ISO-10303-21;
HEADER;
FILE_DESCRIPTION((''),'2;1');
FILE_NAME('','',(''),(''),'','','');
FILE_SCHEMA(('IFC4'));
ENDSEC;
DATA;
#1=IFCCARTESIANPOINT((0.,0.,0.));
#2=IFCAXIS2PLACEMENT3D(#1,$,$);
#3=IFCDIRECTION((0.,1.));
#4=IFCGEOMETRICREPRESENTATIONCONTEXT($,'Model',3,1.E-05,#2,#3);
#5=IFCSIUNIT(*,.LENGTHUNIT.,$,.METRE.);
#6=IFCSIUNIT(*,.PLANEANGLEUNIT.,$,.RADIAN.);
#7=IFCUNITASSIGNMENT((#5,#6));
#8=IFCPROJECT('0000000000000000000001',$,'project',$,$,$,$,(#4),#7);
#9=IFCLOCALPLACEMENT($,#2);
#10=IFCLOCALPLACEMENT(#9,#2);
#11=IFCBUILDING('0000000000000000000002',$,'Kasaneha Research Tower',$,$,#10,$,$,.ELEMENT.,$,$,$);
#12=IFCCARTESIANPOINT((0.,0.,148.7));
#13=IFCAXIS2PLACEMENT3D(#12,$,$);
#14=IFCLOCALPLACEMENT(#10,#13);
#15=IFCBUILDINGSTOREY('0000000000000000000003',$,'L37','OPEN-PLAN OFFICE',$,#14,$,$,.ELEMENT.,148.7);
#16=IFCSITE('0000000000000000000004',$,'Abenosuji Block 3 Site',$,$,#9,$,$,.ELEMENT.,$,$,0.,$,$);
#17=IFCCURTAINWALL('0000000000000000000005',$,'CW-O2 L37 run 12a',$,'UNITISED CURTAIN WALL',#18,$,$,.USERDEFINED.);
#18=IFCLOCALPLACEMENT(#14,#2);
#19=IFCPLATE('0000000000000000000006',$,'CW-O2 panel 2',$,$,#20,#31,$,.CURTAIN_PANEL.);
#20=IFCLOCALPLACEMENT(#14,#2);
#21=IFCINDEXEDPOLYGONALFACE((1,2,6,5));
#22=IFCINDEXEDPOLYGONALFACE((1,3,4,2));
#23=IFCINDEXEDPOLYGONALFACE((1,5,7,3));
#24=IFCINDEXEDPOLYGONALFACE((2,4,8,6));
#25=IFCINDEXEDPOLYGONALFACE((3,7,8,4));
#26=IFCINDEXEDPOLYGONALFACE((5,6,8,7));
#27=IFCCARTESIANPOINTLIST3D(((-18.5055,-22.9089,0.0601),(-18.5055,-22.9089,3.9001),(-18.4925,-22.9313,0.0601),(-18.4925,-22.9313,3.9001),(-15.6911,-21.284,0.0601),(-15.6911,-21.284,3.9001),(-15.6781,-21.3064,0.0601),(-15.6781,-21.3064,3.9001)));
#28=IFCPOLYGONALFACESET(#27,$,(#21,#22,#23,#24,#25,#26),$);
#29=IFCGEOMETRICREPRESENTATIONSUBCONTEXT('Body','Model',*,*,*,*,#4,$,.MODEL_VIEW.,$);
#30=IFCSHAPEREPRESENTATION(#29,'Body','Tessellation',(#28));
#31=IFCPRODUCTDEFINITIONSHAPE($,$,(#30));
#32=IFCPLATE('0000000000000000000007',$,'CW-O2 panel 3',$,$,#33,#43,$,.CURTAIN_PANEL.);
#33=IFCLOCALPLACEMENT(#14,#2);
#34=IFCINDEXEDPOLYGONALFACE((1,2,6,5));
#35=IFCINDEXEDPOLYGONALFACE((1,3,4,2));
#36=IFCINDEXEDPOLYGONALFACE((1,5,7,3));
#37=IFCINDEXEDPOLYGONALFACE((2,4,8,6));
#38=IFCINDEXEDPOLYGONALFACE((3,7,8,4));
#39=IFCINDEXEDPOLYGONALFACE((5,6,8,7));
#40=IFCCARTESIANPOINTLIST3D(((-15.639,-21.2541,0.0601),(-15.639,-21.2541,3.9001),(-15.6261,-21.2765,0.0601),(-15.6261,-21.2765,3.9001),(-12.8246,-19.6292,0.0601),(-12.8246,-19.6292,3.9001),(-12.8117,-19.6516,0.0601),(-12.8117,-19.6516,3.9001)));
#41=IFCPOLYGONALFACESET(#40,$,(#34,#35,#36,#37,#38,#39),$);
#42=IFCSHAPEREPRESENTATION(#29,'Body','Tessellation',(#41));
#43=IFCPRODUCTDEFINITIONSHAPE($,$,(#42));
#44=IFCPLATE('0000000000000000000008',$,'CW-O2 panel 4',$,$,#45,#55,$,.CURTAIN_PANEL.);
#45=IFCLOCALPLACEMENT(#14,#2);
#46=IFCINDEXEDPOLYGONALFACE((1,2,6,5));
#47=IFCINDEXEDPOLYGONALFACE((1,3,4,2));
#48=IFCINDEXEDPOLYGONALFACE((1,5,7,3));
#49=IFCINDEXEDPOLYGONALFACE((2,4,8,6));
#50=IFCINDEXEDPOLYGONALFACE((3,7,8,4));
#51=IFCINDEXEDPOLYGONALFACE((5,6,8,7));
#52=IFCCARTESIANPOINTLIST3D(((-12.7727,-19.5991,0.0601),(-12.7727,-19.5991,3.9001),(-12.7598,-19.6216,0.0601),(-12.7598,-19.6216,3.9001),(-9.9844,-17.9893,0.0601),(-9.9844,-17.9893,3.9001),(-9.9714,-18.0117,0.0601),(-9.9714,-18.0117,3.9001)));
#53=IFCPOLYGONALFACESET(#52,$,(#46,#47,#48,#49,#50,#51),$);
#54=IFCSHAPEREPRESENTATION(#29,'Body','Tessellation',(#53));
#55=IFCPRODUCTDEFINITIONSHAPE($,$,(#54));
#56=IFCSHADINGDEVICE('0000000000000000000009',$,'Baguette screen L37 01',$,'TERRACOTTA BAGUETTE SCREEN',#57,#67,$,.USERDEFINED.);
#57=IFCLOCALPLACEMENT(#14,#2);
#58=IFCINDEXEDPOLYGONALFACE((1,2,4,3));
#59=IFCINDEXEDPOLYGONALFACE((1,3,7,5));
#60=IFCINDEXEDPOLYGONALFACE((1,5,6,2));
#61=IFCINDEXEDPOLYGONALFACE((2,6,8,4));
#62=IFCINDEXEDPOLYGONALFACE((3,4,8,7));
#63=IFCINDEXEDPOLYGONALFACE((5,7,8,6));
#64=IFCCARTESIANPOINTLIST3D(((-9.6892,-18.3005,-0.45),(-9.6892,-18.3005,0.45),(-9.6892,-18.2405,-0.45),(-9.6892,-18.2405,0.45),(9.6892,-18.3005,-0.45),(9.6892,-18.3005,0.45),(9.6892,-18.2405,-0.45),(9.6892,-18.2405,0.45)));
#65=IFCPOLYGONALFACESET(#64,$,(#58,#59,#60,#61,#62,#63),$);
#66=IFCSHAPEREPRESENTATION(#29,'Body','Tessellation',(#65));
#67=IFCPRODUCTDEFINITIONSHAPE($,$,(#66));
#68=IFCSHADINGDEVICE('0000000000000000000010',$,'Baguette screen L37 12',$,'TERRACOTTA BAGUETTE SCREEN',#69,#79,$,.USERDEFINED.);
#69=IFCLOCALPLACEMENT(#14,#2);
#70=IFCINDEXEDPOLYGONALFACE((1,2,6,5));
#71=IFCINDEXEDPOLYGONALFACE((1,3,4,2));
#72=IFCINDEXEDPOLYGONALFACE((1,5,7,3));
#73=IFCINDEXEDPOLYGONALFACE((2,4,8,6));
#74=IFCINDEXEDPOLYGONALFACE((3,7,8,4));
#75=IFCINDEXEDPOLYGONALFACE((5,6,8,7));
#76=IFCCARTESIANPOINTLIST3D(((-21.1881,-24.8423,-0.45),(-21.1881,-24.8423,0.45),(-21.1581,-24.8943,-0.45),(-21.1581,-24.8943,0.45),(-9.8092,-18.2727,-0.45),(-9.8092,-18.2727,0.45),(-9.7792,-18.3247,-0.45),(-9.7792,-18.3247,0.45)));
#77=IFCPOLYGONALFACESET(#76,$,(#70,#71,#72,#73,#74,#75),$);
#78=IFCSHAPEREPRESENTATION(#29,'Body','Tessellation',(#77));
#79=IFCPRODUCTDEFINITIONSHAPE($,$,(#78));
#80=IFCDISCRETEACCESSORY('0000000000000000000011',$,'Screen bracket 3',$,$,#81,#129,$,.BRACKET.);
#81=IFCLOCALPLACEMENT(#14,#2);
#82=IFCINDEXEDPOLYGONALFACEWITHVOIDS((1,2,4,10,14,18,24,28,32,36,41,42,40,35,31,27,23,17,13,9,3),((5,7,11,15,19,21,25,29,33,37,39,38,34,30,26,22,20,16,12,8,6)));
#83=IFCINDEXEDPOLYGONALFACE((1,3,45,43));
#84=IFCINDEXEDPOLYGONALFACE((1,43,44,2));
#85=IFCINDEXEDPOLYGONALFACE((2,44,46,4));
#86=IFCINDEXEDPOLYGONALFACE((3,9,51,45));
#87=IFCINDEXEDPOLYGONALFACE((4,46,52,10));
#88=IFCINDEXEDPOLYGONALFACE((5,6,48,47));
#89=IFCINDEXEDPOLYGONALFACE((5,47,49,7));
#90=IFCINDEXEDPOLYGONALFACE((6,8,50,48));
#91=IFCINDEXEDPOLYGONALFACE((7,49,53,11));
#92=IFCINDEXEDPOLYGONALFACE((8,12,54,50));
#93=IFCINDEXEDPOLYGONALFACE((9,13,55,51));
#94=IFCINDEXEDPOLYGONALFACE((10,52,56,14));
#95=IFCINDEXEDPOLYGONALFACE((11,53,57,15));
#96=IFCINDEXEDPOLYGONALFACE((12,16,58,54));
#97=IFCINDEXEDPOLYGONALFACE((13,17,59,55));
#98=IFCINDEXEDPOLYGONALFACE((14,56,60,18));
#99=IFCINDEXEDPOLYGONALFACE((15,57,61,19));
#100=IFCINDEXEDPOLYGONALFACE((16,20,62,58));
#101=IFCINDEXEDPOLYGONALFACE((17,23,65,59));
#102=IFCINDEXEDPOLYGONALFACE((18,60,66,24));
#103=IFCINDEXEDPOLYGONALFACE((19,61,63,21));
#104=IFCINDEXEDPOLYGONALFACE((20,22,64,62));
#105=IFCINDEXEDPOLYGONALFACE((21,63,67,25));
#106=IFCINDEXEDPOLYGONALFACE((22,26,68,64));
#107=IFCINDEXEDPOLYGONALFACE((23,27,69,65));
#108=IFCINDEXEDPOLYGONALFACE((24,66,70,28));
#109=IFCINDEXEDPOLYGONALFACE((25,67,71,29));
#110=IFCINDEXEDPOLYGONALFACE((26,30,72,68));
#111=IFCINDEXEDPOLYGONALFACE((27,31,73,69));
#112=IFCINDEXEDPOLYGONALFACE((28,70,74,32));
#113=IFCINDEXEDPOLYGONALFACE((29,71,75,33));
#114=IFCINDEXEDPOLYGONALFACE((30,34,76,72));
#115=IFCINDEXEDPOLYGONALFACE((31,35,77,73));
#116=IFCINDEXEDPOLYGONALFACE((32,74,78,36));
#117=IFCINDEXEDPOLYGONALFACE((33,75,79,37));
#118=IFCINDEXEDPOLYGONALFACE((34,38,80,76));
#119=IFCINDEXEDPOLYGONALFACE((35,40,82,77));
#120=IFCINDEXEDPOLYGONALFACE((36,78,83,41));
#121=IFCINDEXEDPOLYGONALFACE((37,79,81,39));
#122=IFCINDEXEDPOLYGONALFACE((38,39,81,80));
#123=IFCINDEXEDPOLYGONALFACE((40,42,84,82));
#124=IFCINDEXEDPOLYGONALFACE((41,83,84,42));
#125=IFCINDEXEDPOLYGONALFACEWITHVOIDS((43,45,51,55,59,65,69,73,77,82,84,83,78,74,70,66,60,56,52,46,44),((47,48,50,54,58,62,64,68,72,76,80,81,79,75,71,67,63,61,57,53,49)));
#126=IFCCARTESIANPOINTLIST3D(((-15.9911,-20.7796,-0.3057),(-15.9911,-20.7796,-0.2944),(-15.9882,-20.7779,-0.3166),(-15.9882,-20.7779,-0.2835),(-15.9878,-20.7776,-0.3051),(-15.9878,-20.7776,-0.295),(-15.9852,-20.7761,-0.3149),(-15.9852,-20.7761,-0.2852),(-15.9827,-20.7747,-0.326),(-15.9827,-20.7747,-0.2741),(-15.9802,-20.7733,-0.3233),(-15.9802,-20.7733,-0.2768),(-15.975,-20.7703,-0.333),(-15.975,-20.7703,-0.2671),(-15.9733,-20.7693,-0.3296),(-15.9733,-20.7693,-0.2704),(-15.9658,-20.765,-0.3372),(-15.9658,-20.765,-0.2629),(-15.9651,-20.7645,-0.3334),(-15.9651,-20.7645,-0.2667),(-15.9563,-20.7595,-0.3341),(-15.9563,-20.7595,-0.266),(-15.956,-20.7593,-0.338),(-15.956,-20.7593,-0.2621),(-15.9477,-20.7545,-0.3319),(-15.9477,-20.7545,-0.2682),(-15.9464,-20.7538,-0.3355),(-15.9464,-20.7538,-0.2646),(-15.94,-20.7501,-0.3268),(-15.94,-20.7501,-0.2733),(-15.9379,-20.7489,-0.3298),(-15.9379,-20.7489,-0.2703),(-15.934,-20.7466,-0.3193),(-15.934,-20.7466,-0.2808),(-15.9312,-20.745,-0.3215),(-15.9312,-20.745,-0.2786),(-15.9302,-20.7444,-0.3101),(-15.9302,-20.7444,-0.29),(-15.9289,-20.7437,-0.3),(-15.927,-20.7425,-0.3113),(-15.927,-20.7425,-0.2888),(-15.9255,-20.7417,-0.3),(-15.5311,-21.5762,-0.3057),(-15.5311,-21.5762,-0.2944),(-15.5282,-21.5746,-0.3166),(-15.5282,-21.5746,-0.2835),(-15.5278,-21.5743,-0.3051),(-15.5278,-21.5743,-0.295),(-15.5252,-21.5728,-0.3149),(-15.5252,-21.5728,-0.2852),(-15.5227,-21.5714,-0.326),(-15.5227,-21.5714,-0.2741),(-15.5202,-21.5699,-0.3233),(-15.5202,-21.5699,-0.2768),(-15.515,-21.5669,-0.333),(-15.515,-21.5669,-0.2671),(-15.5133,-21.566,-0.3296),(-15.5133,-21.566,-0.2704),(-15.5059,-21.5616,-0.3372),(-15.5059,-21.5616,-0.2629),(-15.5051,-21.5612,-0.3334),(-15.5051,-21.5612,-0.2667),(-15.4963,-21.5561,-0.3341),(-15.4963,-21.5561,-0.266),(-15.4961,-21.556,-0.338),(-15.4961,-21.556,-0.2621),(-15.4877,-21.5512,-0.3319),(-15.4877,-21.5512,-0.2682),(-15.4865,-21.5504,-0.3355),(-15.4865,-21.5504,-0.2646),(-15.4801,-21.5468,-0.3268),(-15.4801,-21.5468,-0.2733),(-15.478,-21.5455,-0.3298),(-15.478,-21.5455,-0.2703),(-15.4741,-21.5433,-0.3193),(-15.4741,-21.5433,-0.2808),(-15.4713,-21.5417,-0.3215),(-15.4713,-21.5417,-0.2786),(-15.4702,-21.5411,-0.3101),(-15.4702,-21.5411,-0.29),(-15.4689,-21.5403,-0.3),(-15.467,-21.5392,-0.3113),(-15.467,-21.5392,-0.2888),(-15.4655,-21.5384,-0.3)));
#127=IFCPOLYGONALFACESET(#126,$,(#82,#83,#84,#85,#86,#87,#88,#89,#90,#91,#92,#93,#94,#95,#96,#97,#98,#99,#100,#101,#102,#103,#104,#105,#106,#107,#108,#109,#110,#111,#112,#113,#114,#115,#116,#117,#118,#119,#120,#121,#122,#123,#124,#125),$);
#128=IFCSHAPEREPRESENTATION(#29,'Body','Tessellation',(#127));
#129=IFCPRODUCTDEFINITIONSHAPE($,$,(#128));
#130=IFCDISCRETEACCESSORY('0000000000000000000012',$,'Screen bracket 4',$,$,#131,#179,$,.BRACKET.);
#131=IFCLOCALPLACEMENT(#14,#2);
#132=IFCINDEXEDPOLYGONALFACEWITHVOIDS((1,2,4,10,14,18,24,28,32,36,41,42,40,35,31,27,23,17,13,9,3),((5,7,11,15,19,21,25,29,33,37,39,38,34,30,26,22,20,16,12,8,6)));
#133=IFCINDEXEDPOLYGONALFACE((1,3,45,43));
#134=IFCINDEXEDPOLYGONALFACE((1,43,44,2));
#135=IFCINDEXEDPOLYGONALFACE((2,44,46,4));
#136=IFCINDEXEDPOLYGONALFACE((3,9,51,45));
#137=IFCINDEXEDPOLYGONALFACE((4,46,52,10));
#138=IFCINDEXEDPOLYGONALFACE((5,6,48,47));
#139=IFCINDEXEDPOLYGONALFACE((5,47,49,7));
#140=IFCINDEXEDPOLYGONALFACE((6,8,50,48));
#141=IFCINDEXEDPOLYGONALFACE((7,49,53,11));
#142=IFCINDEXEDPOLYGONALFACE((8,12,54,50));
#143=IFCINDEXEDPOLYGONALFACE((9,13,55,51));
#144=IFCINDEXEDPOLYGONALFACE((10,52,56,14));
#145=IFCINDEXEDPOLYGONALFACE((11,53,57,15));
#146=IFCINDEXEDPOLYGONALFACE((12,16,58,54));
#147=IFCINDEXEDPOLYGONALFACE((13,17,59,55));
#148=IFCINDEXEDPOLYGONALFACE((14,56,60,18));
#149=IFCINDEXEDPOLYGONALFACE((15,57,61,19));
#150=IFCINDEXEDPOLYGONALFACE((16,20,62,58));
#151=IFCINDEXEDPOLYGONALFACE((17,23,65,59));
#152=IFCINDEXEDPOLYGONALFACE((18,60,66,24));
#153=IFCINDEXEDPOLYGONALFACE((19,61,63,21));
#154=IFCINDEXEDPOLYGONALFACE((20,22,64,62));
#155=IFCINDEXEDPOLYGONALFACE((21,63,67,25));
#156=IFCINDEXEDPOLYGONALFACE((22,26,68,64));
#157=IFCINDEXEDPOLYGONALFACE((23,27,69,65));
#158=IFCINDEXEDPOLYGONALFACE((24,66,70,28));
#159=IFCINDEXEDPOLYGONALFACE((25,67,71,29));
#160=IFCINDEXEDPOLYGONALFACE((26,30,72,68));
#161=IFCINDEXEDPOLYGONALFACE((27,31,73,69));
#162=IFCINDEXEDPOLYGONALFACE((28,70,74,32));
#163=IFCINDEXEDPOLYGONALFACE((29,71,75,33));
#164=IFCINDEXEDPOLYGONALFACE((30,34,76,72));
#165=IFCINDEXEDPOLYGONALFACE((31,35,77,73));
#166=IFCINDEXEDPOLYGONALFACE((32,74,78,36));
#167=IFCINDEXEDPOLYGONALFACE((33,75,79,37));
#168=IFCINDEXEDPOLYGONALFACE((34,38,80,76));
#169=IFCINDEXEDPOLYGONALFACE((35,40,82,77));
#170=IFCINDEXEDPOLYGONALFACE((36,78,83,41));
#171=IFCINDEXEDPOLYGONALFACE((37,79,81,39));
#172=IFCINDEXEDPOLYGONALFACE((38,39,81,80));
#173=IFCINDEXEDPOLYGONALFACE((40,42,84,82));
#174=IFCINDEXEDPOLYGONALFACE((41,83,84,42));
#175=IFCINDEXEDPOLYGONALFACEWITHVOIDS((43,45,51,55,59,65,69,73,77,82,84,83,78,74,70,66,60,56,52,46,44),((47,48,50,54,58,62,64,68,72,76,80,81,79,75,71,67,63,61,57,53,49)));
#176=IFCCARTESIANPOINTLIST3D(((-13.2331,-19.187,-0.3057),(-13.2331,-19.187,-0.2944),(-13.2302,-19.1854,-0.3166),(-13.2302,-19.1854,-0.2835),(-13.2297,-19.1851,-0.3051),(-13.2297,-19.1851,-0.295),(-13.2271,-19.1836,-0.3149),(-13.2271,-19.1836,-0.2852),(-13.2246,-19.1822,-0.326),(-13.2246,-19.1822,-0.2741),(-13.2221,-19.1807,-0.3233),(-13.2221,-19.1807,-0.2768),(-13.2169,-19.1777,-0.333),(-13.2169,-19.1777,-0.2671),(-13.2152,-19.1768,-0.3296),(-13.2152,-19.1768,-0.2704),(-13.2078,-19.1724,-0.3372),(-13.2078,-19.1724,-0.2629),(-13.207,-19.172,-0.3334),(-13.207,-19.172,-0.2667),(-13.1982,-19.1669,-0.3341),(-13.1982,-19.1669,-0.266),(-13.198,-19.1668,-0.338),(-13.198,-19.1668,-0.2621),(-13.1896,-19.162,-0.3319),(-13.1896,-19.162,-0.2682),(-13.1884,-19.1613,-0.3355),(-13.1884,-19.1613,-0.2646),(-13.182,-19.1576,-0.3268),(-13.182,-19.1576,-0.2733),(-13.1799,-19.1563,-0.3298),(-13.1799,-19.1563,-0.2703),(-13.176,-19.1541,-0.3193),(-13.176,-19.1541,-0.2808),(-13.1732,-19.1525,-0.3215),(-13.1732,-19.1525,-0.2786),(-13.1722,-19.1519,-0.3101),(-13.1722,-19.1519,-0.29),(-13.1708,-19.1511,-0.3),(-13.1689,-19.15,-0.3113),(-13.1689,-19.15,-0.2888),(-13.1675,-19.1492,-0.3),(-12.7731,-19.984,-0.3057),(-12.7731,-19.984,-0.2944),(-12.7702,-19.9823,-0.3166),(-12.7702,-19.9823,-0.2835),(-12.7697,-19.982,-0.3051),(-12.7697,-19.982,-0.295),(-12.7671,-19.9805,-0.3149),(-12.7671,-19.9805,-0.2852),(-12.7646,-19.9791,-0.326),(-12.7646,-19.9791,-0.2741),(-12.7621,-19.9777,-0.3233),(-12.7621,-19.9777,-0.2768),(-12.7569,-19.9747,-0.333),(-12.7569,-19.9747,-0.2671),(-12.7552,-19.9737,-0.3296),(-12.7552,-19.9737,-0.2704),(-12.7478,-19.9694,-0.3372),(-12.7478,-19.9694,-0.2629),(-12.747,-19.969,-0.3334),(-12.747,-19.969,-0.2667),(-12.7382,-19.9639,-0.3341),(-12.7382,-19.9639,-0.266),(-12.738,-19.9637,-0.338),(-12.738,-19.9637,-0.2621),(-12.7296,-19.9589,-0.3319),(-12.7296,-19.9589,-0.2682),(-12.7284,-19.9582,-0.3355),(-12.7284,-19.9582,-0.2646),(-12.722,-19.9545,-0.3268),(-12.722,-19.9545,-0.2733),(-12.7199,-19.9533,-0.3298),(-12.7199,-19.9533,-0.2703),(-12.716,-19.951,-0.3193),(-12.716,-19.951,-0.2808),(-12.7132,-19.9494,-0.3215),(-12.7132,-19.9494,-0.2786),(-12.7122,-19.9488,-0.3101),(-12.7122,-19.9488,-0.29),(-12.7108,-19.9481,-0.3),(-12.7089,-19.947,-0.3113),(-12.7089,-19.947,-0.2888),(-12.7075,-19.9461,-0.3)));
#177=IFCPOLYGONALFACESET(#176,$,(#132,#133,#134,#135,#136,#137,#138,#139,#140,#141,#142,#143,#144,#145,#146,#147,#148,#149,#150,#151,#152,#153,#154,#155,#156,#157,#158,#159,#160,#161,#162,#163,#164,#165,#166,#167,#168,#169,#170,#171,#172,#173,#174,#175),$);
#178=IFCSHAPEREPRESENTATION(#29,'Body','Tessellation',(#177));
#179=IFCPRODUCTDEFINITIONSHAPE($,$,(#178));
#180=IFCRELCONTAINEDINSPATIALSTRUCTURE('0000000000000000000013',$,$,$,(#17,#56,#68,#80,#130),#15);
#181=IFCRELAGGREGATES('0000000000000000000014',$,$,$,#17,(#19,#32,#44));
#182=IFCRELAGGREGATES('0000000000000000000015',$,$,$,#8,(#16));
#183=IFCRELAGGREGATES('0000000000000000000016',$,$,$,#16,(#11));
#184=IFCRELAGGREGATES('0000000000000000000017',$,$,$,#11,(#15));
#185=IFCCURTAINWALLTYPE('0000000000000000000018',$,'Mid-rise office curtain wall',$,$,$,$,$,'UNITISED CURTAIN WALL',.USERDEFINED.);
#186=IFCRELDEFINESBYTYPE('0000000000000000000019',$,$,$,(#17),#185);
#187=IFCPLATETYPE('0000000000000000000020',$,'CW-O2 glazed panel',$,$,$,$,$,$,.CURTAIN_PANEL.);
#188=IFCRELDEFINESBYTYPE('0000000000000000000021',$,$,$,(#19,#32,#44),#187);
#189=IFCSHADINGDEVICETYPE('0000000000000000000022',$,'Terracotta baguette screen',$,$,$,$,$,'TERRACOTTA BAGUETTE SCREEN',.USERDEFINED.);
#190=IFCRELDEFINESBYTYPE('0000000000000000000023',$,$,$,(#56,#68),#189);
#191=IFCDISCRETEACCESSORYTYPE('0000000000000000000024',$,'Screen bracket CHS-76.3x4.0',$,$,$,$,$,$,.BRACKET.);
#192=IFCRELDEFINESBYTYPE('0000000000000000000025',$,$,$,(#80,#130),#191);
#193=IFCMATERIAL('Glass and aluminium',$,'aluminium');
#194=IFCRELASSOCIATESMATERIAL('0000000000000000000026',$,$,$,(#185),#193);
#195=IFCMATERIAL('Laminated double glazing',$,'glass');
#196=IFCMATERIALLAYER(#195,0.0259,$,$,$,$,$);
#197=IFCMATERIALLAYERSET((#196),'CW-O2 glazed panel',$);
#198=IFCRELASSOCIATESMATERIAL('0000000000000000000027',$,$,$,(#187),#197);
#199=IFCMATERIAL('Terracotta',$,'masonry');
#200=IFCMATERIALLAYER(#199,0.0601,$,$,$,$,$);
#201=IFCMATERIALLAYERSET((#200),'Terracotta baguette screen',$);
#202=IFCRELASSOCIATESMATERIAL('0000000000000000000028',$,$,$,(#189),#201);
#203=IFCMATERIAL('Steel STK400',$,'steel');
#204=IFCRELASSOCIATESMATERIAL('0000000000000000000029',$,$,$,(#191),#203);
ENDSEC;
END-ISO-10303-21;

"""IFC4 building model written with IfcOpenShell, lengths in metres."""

from ifc_helpers import new_model, si_unit, direction, frame, origin, origin_2d, place, context, subcontext, project, spatial, rectangle, hollow_circle, extrude, material, layer, layer_set, material_profile, profile_set, type_object, element, aggregate, save


model = new_model("IFC4")

# Units and contexts
model_context = context("Model", 3, precision=1e-05, world=origin(), true_north=direction((0.0, 1.0)))
body_context = subcontext(model_context, "Body", "Model", "MODEL_VIEW")
ifc_project = project(units=[si_unit("LENGTHUNIT", "METRE"), si_unit("PLANEANGLEUNIT", "RADIAN")], contexts=[model_context])

# Site, building, storey
site_placement = place(None, origin())
site = spatial("IfcSite", under=ifc_project, at=site_placement, Name="Abenosuji Block 3 Site", CompositionType="ELEMENT", RefElevation=0.0)
building_placement = place(site_placement, origin())
building = spatial("IfcBuilding", under=site, at=building_placement, Name="Kasaneha Research Tower", CompositionType="ELEMENT")
storey_placement = place(building_placement, frame((0.0, 0.0, 148.7)))
storey = spatial("IfcBuildingStorey", under=building, at=storey_placement, Name="L37", Description="OPEN-PLAN OFFICE", CompositionType="ELEMENT", Elevation=148.7)

# Curtain wall
ifc_material_1 = material(Name="Glass and aluminium", Category="aluminium")
curtain_wall_type = type_object("IfcCurtainWallType", Name="Mid-rise office curtain wall", ElementType="UNITISED CURTAIN WALL", PredefinedType="USERDEFINED", material=ifc_material_1)
curtain_wall_1_placement = place(storey_placement, origin())
curtain_wall_1 = element("IfcCurtainWall", 1, at=curtain_wall_1_placement, inside=storey, type_object=curtain_wall_type, Name="CW-O2 L37 run 12a", ObjectType="UNITISED CURTAIN WALL", PredefinedType="USERDEFINED")

# Plates
ifc_material_2 = material(Name="Laminated double glazing", Category="glass")
ifc_layer_1 = layer(ifc_material_2, 0.0259)
ifc_layer_set_1 = layer_set([ifc_layer_1], Name="CW-O2 glazed panel")
plate_type = type_object("IfcPlateType", Name="CW-O2 glazed panel", PredefinedType="CURTAIN_PANEL", material=ifc_layer_set_1)
plate_1_placement = place(storey_placement, frame((-17.0918, -22.1077, 0.0601), z_axis=(0.0, 0.0, 1.0), x_axis=(0.866025, 0.5, 0.0)))
plate_1 = element("IfcPlate", 2, at=plate_1_placement, type_object=plate_type, Name="CW-O2 panel 2", PredefinedType="CURTAIN_PANEL", context=body_context, shape_type="SweptSolid", body=[
    extrude(rectangle(XDim=3.2498, YDim=0.0259, at=origin_2d()), origin(), (0.0, 0.0, 1.0), 3.8401),
])
plate_2_placement = place(storey_placement, frame((-14.2253, -20.4529, 0.0601), z_axis=(0.0, 0.0, 1.0), x_axis=(0.866025, 0.5, 0.0)))
plate_2 = element("IfcPlate", 3, at=plate_2_placement, type_object=plate_type, Name="CW-O2 panel 3", PredefinedType="CURTAIN_PANEL", context=body_context, shape_type="SweptSolid", body=[
    extrude(rectangle(XDim=3.2498, YDim=0.0259, at=origin_2d()), origin(), (0.0, 0.0, 1.0), 3.8401),
])
plate_3_placement = place(storey_placement, frame((-11.3721, -18.8054, 0.0601), z_axis=(0.0, 0.0, 1.0), x_axis=(0.866025, 0.5, 0.0)))
plate_3 = element("IfcPlate", 4, at=plate_3_placement, type_object=plate_type, Name="CW-O2 panel 4", PredefinedType="CURTAIN_PANEL", context=body_context, shape_type="SweptSolid", body=[
    extrude(rectangle(XDim=3.2197, YDim=0.0259, at=origin_2d()), origin(), (0.0, 0.0, 1.0), 3.8401),
])
aggregate(curtain_wall_1, [plate_1, plate_2, plate_3])

# Shading devices
ifc_material_3 = material(Name="Terracotta", Category="masonry")
ifc_layer_2 = layer(ifc_material_3, 0.0601)
ifc_layer_set_2 = layer_set([ifc_layer_2], Name="Terracotta baguette screen")
shading_device_type = type_object("IfcShadingDeviceType", Name="Terracotta baguette screen", ElementType="TERRACOTTA BAGUETTE SCREEN", PredefinedType="USERDEFINED", material=ifc_layer_set_2)
shading_device_1_placement = place(storey_placement, frame((0.0, -18.2705, -0.45), z_axis=(0.0, 0.0, 1.0), x_axis=(1.0, 0.0, 0.0)))
element("IfcShadingDevice", 5, at=shading_device_1_placement, inside=storey, type_object=shading_device_type, Name="Baguette screen L37 01", ObjectType="TERRACOTTA BAGUETTE SCREEN", PredefinedType="USERDEFINED", context=body_context, shape_type="SweptSolid", body=[
    extrude(rectangle(XDim=19.3784, YDim=0.0601, at=origin_2d()), origin(), (0.0, 0.0, 1.0), 0.8999),
])
shading_device_2_placement = place(storey_placement, frame((-15.4836, -21.5835, -0.45), z_axis=(0.0, 0.0, 1.0), x_axis=(0.866025, 0.5, 0.0)))
element("IfcShadingDevice", 6, at=shading_device_2_placement, inside=storey, type_object=shading_device_type, Name="Baguette screen L37 12", ObjectType="TERRACOTTA BAGUETTE SCREEN", PredefinedType="USERDEFINED", context=body_context, shape_type="SweptSolid", body=[
    extrude(rectangle(XDim=13.1392, YDim=0.0601, at=origin_2d()), origin(), (0.0, 0.0, 1.0), 0.8999),
])

# Discrete accessories
ifc_material_4 = material(Name="Steel STK400", Category="steel")
ifc_material_profile_1 = material_profile(ifc_material_4, hollow_circle(Radius=0.0381, WallThickness=0.0039, at=origin_2d()), Name="CHS-76.3x4.0")
ifc_profile_set_1 = profile_set([ifc_material_profile_1], Name="Steel STK400")
discrete_accessory_type = type_object("IfcDiscreteAccessoryType", Name="Screen bracket CHS-76.3x4.0", PredefinedType="BRACKET", material=ifc_profile_set_1)
discrete_accessory_1_placement = place(storey_placement, frame((-15.9585, -20.7607, -0.3), z_axis=(0.500021, -0.866013, 0.0), x_axis=(0.866013, 0.500021, 0.0)))
element("IfcDiscreteAccessory", 7, at=discrete_accessory_1_placement, inside=storey, type_object=discrete_accessory_type, Name="Screen bracket 3", PredefinedType="BRACKET", context=body_context, shape_type="SweptSolid", body=[
    extrude(hollow_circle(Radius=0.0381, WallThickness=0.0039, at=origin_2d()), origin(), (0.0, 0.0, 1.0), 0.9199),
])
discrete_accessory_2_placement = place(storey_placement, frame((-13.2004, -19.1682, -0.3), z_axis=(0.499906, -0.86608, 0.0), x_axis=(0.86608, 0.499906, 0.0)))
element("IfcDiscreteAccessory", 8, at=discrete_accessory_2_placement, inside=storey, type_object=discrete_accessory_type, Name="Screen bracket 4", PredefinedType="BRACKET", context=body_context, shape_type="SweptSolid", body=[
    extrude(hollow_circle(Radius=0.0381, WallThickness=0.0039, at=origin_2d()), origin(), (0.0, 0.0, 1.0), 0.9202),
])

save(model, "model.ifc")
